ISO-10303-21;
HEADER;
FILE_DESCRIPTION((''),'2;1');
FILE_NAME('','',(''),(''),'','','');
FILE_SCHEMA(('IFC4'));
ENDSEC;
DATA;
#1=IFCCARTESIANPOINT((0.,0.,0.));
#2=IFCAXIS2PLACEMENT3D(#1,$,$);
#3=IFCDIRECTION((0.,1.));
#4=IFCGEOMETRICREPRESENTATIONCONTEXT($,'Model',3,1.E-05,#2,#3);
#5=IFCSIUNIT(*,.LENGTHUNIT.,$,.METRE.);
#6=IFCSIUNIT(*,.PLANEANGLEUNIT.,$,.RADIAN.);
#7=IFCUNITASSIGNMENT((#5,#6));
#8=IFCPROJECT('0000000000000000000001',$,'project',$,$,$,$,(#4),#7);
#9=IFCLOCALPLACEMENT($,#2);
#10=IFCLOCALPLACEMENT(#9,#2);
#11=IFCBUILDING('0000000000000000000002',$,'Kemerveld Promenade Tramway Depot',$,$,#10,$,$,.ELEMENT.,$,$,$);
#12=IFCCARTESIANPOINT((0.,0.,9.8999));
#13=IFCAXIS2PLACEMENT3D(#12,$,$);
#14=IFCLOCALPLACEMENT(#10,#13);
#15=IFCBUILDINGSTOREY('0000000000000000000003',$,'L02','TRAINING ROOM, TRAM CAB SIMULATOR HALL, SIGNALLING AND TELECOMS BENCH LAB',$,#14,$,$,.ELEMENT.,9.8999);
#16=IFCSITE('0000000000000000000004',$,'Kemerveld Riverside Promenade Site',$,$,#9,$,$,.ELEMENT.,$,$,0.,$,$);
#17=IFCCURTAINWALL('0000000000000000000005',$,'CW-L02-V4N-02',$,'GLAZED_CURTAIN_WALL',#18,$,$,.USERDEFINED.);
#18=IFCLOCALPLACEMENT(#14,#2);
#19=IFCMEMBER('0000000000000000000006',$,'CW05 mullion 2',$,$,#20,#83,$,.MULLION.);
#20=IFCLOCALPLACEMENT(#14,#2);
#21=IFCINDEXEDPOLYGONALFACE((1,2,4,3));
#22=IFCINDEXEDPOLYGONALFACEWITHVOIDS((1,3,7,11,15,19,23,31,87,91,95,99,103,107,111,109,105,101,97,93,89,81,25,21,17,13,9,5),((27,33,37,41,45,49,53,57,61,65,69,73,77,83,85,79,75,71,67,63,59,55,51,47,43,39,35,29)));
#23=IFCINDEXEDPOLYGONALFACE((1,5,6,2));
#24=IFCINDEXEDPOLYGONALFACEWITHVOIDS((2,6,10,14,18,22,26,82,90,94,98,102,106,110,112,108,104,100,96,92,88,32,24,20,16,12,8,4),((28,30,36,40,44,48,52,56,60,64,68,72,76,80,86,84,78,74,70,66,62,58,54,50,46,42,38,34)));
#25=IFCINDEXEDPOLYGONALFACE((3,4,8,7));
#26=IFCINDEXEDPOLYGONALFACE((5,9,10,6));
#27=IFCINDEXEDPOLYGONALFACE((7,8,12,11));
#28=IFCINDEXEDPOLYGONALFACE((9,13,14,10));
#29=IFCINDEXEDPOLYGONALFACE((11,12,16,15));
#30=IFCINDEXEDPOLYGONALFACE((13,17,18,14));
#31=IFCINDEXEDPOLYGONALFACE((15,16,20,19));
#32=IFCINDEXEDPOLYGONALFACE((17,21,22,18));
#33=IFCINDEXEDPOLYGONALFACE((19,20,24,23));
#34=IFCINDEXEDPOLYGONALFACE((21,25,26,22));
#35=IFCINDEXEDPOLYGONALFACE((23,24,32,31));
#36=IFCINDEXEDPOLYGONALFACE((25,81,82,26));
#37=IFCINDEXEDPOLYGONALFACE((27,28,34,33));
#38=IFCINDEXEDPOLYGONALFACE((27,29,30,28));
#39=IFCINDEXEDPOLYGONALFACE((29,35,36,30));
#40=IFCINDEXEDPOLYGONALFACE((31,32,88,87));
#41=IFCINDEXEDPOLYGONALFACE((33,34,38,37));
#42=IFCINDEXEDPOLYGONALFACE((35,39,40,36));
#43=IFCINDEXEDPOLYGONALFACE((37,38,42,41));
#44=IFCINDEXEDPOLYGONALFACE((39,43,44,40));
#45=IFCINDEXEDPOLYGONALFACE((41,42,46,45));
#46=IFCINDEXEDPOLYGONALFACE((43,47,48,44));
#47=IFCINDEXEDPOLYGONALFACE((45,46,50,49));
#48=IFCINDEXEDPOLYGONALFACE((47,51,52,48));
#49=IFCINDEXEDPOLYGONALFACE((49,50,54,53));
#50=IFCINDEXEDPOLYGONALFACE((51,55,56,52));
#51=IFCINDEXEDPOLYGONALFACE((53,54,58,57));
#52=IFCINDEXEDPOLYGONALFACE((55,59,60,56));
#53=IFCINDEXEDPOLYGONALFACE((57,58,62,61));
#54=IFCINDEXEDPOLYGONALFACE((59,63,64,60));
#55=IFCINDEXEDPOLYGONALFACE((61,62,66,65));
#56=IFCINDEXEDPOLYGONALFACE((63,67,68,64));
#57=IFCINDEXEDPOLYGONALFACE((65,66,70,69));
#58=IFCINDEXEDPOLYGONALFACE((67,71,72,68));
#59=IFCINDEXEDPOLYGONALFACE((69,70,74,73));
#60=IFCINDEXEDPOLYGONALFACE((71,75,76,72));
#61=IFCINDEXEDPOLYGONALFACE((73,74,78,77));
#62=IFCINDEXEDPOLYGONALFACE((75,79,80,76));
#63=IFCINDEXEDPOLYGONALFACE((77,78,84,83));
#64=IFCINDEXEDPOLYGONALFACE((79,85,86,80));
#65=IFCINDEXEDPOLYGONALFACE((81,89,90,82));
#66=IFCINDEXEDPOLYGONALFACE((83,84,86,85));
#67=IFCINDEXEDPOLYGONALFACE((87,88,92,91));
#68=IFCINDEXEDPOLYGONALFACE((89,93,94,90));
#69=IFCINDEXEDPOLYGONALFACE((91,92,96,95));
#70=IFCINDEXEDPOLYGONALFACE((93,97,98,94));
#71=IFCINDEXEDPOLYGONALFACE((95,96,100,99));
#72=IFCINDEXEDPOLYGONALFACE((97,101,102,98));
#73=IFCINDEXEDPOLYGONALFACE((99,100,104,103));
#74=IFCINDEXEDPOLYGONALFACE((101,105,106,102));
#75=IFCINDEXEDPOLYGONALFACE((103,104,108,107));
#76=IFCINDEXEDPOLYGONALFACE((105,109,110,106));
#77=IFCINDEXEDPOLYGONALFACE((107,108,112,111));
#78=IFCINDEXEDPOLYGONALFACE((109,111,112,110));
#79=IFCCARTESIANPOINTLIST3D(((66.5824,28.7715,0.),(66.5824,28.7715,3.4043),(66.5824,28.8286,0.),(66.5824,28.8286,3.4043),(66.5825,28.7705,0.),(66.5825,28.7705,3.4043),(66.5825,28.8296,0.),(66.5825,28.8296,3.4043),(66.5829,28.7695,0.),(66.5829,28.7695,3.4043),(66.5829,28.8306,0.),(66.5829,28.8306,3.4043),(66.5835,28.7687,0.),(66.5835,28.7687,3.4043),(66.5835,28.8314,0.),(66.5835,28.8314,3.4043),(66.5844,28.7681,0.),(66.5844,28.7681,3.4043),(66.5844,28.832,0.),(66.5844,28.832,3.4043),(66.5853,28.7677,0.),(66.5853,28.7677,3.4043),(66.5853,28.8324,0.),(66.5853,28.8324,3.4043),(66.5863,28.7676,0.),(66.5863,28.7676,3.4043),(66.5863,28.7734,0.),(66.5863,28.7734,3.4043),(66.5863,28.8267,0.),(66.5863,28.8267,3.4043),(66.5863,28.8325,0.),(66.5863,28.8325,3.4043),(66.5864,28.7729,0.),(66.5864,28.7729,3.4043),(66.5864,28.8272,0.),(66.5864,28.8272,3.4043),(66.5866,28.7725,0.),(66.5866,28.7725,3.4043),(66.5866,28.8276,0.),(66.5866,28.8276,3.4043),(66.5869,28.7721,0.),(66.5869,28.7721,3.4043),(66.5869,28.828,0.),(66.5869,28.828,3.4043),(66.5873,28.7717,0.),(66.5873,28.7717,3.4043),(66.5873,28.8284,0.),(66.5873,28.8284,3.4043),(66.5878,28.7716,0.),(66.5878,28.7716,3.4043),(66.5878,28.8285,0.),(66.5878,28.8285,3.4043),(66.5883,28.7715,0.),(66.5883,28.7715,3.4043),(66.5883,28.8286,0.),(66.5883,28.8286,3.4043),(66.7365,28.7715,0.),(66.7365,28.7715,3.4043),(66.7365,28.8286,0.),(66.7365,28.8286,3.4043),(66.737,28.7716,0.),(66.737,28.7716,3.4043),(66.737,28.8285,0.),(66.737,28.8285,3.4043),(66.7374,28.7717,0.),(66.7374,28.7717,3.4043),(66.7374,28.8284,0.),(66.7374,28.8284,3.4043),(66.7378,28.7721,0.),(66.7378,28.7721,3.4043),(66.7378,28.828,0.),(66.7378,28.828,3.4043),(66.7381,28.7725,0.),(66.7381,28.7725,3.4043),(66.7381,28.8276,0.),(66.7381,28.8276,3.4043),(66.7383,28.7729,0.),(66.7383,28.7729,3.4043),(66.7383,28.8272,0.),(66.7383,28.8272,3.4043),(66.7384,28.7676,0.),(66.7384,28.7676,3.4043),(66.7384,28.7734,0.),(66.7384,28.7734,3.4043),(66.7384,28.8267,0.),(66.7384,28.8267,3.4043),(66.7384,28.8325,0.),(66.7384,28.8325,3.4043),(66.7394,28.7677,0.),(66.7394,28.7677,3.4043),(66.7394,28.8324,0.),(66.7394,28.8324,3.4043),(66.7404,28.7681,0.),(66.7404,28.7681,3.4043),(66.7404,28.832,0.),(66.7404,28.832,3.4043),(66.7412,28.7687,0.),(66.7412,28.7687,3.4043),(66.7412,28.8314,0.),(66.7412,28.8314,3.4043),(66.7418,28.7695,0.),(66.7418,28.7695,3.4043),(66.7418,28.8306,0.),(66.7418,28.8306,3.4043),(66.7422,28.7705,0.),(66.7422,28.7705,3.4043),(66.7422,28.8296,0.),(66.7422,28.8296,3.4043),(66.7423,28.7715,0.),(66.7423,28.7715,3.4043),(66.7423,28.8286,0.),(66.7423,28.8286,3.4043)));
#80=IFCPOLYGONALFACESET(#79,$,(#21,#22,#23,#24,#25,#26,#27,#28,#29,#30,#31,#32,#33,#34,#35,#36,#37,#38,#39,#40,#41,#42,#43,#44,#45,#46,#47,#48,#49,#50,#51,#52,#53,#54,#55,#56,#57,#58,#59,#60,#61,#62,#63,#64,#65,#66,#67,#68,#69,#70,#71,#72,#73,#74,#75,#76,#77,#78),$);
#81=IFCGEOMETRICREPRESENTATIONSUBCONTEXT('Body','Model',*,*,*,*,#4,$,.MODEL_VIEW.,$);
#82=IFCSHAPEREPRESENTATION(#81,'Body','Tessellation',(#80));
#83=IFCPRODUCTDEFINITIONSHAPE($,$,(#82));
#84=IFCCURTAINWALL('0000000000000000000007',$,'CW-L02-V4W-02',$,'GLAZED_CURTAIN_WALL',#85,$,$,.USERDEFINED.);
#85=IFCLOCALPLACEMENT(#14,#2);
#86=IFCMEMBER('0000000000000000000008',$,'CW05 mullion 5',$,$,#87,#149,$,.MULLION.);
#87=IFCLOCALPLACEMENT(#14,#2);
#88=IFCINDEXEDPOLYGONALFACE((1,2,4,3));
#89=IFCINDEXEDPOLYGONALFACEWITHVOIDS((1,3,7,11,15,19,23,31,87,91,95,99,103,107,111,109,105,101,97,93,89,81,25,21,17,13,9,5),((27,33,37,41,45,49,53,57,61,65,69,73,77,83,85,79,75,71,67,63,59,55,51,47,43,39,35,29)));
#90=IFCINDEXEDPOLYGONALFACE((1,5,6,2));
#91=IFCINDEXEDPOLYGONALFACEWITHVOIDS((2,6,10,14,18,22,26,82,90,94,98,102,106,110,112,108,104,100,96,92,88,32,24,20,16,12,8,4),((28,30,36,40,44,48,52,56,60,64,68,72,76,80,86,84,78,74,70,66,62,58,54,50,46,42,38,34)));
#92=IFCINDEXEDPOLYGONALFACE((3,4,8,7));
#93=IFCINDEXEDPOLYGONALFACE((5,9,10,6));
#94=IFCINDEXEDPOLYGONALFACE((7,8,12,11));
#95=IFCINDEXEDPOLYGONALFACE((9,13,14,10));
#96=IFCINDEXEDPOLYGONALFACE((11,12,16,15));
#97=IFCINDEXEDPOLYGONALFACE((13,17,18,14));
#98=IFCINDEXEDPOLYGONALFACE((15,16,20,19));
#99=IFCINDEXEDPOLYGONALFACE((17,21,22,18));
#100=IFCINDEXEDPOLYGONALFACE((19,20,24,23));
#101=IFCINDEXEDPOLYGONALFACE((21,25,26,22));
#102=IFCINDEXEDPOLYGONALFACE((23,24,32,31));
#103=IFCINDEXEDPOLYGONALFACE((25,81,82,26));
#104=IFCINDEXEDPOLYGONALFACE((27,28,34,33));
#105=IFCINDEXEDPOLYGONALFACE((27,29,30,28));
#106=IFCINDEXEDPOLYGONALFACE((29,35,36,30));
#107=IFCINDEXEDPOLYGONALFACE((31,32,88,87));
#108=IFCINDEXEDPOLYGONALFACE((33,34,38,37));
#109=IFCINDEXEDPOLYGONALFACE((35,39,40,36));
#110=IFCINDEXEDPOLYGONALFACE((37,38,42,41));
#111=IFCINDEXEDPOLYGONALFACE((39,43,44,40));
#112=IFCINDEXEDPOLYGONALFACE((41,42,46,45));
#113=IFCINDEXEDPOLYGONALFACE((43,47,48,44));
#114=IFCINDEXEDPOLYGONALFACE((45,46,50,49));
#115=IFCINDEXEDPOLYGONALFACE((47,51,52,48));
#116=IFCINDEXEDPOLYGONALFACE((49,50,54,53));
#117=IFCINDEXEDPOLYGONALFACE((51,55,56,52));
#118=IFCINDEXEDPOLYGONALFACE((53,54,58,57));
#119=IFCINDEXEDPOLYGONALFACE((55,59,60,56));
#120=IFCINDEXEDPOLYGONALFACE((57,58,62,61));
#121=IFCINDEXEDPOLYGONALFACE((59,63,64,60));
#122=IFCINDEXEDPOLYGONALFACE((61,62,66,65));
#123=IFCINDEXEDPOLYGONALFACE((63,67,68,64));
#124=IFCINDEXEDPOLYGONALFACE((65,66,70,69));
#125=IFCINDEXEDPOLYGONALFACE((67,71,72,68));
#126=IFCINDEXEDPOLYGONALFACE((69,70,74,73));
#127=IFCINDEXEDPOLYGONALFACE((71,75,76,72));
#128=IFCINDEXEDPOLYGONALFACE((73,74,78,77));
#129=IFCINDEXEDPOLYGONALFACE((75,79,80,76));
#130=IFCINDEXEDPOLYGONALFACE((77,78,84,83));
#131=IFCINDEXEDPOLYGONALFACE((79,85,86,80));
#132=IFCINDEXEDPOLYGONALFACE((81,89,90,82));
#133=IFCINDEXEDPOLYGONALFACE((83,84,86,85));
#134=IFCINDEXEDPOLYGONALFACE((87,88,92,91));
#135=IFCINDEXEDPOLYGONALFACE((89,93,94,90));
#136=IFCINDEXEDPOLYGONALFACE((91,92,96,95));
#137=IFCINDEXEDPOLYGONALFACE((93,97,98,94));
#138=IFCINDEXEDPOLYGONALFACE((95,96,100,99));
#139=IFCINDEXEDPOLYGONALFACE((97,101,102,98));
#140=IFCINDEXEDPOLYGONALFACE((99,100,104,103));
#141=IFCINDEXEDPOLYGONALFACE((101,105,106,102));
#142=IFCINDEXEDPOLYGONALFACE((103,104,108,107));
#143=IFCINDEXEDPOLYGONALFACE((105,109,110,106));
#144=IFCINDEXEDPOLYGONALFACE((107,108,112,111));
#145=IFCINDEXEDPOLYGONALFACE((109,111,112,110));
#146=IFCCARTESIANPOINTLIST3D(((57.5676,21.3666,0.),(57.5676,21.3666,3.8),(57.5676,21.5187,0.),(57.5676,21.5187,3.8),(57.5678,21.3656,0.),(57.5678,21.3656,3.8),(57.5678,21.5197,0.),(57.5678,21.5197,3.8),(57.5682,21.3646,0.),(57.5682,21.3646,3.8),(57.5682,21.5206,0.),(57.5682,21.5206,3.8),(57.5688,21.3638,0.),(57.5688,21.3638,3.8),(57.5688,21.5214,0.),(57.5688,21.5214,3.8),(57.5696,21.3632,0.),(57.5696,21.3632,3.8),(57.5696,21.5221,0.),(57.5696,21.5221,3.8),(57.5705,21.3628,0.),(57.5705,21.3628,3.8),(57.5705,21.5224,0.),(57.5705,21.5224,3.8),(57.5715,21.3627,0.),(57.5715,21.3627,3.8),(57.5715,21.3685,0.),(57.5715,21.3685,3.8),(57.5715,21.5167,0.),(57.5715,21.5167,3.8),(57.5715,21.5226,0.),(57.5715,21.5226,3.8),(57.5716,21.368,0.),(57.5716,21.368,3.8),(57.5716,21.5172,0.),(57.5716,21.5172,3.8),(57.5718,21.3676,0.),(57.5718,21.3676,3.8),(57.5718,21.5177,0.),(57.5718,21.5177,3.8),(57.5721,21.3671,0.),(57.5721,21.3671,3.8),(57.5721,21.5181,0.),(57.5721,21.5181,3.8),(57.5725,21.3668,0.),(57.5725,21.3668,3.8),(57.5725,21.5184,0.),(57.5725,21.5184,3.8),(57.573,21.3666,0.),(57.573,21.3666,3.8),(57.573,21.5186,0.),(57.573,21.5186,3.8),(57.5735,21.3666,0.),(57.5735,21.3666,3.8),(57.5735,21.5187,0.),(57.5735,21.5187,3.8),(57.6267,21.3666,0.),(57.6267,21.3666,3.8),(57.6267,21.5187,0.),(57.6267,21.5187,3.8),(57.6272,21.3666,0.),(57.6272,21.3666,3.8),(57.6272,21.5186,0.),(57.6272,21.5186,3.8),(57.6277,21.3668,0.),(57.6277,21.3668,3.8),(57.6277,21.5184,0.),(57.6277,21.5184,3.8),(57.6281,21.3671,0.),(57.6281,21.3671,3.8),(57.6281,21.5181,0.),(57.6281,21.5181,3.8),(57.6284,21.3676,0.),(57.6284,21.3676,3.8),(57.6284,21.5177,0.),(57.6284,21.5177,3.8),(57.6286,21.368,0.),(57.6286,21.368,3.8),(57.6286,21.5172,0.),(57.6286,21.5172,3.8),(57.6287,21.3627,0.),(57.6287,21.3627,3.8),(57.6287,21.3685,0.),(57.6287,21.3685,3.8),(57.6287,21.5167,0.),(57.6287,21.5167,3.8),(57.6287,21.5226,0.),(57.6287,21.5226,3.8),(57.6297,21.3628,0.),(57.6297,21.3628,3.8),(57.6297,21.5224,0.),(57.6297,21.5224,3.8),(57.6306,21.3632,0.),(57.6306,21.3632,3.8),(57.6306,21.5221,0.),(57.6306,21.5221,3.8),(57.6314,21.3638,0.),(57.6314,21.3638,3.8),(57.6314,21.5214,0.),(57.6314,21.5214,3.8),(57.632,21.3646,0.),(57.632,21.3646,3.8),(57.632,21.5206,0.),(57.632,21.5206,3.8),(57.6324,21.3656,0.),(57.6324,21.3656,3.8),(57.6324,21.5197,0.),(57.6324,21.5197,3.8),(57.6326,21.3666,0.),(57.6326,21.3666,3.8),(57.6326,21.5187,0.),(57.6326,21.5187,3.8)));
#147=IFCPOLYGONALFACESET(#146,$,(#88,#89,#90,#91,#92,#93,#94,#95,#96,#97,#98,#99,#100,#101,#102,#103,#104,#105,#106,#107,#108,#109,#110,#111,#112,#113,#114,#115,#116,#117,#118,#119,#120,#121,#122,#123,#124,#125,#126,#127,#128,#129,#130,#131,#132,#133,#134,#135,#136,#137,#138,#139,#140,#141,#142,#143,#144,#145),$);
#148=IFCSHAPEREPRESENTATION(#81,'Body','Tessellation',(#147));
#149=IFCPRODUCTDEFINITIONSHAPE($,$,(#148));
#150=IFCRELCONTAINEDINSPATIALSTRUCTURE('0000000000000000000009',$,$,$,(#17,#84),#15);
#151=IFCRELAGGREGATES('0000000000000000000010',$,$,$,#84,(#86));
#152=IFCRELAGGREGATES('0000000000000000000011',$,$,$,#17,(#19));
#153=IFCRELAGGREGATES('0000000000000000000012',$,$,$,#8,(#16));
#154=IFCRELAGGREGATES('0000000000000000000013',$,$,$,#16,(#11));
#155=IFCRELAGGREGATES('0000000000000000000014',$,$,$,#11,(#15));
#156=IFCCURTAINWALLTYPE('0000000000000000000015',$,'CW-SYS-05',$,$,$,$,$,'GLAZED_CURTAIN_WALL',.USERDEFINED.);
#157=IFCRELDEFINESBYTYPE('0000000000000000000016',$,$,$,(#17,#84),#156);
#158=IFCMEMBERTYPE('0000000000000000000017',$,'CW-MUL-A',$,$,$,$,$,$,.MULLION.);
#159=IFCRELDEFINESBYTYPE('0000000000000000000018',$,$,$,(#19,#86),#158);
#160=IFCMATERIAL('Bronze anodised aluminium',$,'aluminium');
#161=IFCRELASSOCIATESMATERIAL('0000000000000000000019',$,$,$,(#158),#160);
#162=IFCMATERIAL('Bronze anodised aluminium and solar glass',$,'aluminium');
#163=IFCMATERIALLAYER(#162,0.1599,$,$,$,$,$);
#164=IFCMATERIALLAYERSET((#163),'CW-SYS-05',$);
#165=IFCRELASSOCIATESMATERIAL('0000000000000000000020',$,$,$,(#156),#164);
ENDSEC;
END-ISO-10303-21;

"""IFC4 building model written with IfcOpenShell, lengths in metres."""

from ifc_helpers import new_model, si_unit, direction, frame, origin, origin_2d, place, context, subcontext, project, spatial, hollow_rectangle, extrude, material, layer, layer_set, material_profile, profile_set, type_object, element, aggregate, save


model = new_model("IFC4")

# Units and contexts
model_context = context("Model", 3, precision=1e-05, world=origin(), true_north=direction((0.0, 1.0)))
body_context = subcontext(model_context, "Body", "Model", "MODEL_VIEW")
ifc_project = project(units=[si_unit("LENGTHUNIT", "METRE"), si_unit("PLANEANGLEUNIT", "RADIAN")], contexts=[model_context])

# Site, building, storey
site_placement = place(None, origin())
site = spatial("IfcSite", under=ifc_project, at=site_placement, Name="Kemerveld Riverside Promenade Site", CompositionType="ELEMENT", RefElevation=0.0)
building_placement = place(site_placement, origin())
building = spatial("IfcBuilding", under=site, at=building_placement, Name="Kemerveld Promenade Tramway Depot", CompositionType="ELEMENT")
storey_placement = place(building_placement, frame((0.0, 0.0, 9.8999)))
storey = spatial("IfcBuildingStorey", under=building, at=storey_placement, Name="L02", Description="TRAINING ROOM, TRAM CAB SIMULATOR HALL, SIGNALLING AND TELECOMS BENCH LAB", CompositionType="ELEMENT", Elevation=9.8999)

# Shared definitions
ifc_material_1 = material(Name="Bronze anodised aluminium and solar glass", Category="aluminium")
ifc_material_2 = material(Name="Bronze anodised aluminium", Category="aluminium")
ifc_material_profile_1 = material_profile(ifc_material_2, hollow_rectangle(XDim=0.0649, YDim=0.1599, WallThickness=0.0039, InnerFilletRadius=0.002, OuterFilletRadius=0.0039, at=origin_2d()), Name="CW-MUL-160x65")
ifc_profile_set_1 = profile_set([ifc_material_profile_1], Name="Bronze anodised aluminium")
member_type_1 = type_object("IfcMemberType", Name="CW-MUL-A", PredefinedType="MULLION", material=ifc_profile_set_1)

# Curtain wall, member
ifc_layer_1 = layer(ifc_material_1, 0.1599)
ifc_layer_set_1 = layer_set([ifc_layer_1], Name="CW-SYS-05")
curtain_wall_type_1 = type_object("IfcCurtainWallType", Name="CW-SYS-05", ElementType="GLAZED_CURTAIN_WALL", PredefinedType="USERDEFINED", material=ifc_layer_set_1)
curtain_wall_1_placement = place(storey_placement, origin())
curtain_wall_1 = element("IfcCurtainWall", 1, at=curtain_wall_1_placement, inside=storey, type_object=curtain_wall_type_1, Name="CW-L02-V4N-02", ObjectType="GLAZED_CURTAIN_WALL", PredefinedType="USERDEFINED")
member_1_placement = place(storey_placement, frame((66.6624, 28.8, 0.0), z_axis=(0.0, 0.0, 1.0), x_axis=(0.0, 1.0, 0.0)))
member_1 = element("IfcMember", 2, at=member_1_placement, type_object=member_type_1, Name="CW05 mullion 2", PredefinedType="MULLION", context=body_context, shape_type="SweptSolid", body=[
    extrude(hollow_rectangle(XDim=0.0649, YDim=0.1599, WallThickness=0.0039, InnerFilletRadius=0.002, OuterFilletRadius=0.0039, at=origin_2d()), origin(), (0.0, 0.0, 1.0), 3.4043),
])

# Curtain wall, member
curtain_wall_2_placement = place(storey_placement, origin())
curtain_wall_2 = element("IfcCurtainWall", 3, at=curtain_wall_2_placement, inside=storey, type_object=curtain_wall_type_1, Name="CW-L02-V4W-02", ObjectType="GLAZED_CURTAIN_WALL", PredefinedType="USERDEFINED")
member_2_placement = place(storey_placement, frame((57.6001, 21.4426, 0.0), z_axis=(0.0, 0.0, 1.0), x_axis=(-1.0, 0.0, 0.0)))
member_2 = element("IfcMember", 4, at=member_2_placement, type_object=member_type_1, Name="CW05 mullion 5", PredefinedType="MULLION", context=body_context, shape_type="SweptSolid", body=[
    extrude(hollow_rectangle(XDim=0.0649, YDim=0.1599, WallThickness=0.0039, InnerFilletRadius=0.002, OuterFilletRadius=0.0039, at=origin_2d()), origin(), (0.0, 0.0, 1.0), 3.8),
])
aggregate(curtain_wall_2, [member_2])

aggregate(curtain_wall_1, [member_1])

save(model, "model.ifc")
